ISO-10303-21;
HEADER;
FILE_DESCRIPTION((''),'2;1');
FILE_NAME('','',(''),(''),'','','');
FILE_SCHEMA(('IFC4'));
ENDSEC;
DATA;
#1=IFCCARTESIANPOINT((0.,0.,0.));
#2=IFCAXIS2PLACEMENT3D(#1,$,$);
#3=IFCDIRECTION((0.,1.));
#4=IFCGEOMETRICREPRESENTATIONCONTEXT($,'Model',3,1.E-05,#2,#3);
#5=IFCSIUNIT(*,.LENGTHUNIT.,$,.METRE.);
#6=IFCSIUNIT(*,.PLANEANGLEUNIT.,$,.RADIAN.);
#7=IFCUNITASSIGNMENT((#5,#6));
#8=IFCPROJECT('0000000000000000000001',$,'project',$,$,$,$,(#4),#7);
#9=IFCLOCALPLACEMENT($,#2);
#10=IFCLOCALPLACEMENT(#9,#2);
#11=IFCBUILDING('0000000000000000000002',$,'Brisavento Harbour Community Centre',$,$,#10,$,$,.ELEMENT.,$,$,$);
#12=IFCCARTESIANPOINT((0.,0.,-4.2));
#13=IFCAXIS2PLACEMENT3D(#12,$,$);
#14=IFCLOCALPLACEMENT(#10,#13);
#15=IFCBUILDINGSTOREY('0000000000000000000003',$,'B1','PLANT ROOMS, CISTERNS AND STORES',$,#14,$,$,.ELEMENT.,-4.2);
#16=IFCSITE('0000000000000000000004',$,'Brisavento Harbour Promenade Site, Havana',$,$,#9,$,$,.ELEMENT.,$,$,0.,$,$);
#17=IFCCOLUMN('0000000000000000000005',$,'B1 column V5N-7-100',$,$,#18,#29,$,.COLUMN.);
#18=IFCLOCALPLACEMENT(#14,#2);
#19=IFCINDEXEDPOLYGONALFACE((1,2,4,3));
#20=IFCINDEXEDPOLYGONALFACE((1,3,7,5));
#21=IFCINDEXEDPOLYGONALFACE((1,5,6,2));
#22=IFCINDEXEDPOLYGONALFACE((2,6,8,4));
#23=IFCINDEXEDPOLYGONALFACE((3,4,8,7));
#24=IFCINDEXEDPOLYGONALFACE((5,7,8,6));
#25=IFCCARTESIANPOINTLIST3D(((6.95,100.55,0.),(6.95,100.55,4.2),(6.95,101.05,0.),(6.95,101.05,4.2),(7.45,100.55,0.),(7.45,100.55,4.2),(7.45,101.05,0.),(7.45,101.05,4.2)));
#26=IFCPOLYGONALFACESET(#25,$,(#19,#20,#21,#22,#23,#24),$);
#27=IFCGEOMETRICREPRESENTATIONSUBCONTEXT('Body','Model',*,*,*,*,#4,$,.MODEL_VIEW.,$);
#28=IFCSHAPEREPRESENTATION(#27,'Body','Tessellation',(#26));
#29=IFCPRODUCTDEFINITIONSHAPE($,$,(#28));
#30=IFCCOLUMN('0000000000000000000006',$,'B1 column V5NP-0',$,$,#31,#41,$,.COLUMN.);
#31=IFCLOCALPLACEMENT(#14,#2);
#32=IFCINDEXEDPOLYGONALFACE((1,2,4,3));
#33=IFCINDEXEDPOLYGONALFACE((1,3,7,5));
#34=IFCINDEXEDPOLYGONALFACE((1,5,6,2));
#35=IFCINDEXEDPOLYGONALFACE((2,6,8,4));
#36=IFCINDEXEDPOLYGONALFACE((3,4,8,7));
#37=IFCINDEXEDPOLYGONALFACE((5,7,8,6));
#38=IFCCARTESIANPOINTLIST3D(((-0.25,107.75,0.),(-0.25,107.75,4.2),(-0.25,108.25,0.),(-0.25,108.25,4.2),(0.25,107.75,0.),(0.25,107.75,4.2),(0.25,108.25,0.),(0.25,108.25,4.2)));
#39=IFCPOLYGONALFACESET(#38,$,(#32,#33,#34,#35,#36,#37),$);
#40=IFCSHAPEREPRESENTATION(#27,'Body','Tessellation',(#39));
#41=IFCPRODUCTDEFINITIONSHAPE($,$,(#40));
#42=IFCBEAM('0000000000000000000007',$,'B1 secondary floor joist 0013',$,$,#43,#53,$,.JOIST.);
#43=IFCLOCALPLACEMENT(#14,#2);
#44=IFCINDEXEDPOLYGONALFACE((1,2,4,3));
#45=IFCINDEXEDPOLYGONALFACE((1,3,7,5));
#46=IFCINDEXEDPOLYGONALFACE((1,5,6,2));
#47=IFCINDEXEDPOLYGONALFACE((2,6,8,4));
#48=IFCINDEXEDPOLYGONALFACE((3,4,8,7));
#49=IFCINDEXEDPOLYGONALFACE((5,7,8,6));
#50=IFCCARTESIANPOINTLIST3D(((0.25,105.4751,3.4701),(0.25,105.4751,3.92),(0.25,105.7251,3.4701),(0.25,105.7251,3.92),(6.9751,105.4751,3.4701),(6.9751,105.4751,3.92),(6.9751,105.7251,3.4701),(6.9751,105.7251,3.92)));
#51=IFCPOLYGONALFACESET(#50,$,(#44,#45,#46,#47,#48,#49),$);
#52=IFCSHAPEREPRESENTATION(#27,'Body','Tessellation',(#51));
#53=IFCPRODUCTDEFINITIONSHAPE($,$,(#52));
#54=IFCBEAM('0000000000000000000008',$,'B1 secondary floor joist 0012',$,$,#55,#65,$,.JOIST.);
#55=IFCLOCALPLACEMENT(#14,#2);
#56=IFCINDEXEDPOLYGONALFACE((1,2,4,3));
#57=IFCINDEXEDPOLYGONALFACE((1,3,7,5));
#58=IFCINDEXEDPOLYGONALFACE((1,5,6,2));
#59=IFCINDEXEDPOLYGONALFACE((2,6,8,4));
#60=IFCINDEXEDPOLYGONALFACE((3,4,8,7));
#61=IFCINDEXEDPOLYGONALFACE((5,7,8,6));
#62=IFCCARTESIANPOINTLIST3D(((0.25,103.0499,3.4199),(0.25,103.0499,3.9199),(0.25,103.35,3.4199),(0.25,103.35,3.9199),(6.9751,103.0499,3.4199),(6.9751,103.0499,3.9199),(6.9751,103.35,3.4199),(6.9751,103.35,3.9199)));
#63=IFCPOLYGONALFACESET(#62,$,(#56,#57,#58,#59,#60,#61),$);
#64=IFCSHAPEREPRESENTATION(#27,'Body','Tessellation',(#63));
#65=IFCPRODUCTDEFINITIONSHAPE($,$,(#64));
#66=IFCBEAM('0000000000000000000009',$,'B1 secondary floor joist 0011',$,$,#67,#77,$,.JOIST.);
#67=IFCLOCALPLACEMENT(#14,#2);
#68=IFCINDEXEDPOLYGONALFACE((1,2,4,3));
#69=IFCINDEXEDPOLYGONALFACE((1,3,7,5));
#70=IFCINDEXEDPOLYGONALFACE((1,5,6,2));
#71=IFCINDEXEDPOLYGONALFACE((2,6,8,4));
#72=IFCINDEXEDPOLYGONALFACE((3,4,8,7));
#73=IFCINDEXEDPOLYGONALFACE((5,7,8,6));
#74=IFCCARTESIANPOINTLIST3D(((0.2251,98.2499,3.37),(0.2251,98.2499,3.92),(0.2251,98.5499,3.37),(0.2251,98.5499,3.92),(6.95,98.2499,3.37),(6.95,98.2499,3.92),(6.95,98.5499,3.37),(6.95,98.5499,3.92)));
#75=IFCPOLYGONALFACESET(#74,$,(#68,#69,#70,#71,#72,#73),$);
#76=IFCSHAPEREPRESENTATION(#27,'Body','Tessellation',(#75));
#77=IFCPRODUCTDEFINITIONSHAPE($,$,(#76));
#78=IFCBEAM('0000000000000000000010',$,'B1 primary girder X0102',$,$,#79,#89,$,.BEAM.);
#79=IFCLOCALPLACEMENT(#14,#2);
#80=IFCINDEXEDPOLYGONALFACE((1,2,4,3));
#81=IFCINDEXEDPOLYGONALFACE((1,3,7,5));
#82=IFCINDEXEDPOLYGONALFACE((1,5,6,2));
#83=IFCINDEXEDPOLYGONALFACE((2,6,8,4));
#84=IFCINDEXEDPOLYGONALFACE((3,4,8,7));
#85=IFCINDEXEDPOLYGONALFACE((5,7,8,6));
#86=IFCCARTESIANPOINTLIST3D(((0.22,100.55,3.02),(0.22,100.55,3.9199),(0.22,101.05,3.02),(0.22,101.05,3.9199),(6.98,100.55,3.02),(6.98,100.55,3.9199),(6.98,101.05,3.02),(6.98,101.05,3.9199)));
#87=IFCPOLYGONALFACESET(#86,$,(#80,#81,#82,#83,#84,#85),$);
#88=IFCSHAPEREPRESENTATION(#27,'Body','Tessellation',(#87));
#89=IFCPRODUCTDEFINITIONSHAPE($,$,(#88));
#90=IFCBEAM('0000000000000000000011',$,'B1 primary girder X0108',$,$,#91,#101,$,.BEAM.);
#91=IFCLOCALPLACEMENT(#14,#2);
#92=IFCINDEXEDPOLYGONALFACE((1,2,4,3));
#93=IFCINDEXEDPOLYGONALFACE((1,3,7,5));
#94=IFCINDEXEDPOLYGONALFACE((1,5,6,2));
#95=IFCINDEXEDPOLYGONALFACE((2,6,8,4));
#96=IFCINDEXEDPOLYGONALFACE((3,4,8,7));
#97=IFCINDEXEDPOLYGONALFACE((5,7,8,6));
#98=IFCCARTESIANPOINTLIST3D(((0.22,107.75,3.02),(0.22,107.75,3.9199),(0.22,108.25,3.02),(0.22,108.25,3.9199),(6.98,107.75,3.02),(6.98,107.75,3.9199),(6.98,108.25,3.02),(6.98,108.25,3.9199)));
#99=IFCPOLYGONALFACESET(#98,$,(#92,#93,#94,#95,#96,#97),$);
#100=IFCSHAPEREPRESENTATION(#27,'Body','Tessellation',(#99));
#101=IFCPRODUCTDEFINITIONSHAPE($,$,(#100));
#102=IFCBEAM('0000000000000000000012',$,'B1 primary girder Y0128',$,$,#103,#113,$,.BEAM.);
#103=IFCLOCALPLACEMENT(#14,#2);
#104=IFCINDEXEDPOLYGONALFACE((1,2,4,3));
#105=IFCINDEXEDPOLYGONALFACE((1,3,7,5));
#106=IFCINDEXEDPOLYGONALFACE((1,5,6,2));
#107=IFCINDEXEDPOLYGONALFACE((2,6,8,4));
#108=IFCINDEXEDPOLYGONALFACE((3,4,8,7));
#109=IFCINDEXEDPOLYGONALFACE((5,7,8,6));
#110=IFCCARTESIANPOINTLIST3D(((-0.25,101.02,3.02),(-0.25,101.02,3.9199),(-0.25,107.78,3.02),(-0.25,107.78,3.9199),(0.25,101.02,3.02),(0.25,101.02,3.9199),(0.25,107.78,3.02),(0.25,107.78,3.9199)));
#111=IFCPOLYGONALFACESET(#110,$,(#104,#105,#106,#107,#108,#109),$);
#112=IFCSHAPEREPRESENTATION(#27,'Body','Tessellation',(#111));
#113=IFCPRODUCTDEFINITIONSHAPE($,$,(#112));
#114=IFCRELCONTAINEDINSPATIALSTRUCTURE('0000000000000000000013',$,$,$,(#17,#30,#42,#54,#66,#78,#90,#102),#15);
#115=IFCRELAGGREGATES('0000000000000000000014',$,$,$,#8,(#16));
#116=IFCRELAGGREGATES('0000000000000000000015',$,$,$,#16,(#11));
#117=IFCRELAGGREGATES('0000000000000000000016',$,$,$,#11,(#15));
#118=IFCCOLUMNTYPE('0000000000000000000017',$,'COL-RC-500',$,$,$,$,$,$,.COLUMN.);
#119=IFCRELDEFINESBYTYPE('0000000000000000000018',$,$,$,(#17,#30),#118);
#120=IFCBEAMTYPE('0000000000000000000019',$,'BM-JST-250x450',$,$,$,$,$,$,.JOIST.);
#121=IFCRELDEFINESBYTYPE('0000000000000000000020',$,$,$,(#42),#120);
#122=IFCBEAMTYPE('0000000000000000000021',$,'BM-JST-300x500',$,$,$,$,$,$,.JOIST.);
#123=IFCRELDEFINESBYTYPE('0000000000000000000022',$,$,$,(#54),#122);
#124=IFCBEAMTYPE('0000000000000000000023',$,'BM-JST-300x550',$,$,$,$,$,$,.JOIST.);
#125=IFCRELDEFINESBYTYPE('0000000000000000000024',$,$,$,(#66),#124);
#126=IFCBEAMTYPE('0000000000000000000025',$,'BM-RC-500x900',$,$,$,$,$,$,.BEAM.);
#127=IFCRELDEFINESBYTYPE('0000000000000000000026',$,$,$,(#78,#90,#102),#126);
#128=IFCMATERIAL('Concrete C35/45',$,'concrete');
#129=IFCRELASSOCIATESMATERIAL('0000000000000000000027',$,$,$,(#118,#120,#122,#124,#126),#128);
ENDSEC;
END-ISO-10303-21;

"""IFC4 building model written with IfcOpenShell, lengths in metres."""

from ifc_helpers import new_model, si_unit, direction, frame, origin, origin_2d, place, context, subcontext, project, spatial, rectangle, extrude, material, material_profile, profile_set, type_object, element, save


model = new_model("IFC4")

# Units and contexts
model_context = context("Model", 3, precision=1e-05, world=origin(), true_north=direction((0.0, 1.0)))
body_context = subcontext(model_context, "Body", "Model", "MODEL_VIEW")
ifc_project = project(units=[si_unit("LENGTHUNIT", "METRE"), si_unit("PLANEANGLEUNIT", "RADIAN")], contexts=[model_context])

# Site, building, storey
site_placement = place(None, origin())
site = spatial("IfcSite", under=ifc_project, at=site_placement, Name="Brisavento Harbour Promenade Site, Havana", CompositionType="ELEMENT", RefElevation=0.0)
building_placement = place(site_placement, origin())
building = spatial("IfcBuilding", under=site, at=building_placement, Name="Brisavento Harbour Community Centre", CompositionType="ELEMENT")
storey_placement = place(building_placement, frame((0.0, 0.0, -4.2)))
storey = spatial("IfcBuildingStorey", under=building, at=storey_placement, Name="B1", Description="PLANT ROOMS, CISTERNS AND STORES", CompositionType="ELEMENT", Elevation=-4.2)

# Shared definitions
ifc_material = material(Name="Concrete C35/45", Category="concrete")

# Columns
ifc_material_profile_1 = material_profile(ifc_material, rectangle(XDim=0.5, YDim=0.5, at=origin_2d()), Name="Concrete C35/45")
ifc_profile_set_1 = profile_set([ifc_material_profile_1], Name="Concrete C35/45")
column_type = type_object("IfcColumnType", Name="COL-RC-500", PredefinedType="COLUMN", material=ifc_profile_set_1)
for number, where, z_axis, x_axis, name in (
    (1, (7.2, 100.8, 0.0), (0.0, 0.0, 1.0), (1.0, 0.0, 0.0), "B1 column V5N-7-100"),
    (2, (0.0, 108.0, 0.0), (0.0, 0.0, 1.0), (1.0, 0.0, 0.0), "B1 column V5NP-0"),
):
    element("IfcColumn", number, at=place(storey_placement, frame(where, z_axis=z_axis, x_axis=x_axis)), inside=storey, type_object=column_type, Name=name, PredefinedType="COLUMN", context=body_context, shape_type="SweptSolid", body=[
        extrude(rectangle(XDim=0.5, YDim=0.5, at=origin_2d()), origin(), (0.0, 0.0, 1.0), 4.2),
    ])

# Beams
ifc_material_profile_2 = material_profile(ifc_material, rectangle(XDim=0.25, YDim=0.45, at=origin_2d()), Name="Concrete C35/45")
ifc_profile_set_2 = profile_set([ifc_material_profile_2], Name="Concrete C35/45")
beam_type_1 = type_object("IfcBeamType", Name="BM-JST-250x450", PredefinedType="JOIST", material=ifc_profile_set_2)
beam_1_placement = place(storey_placement, frame((0.25, 105.6001, 3.6951), z_axis=(1.0, 0.0, 0.0), x_axis=(0.0, 1.0, 0.0)))
element("IfcBeam", 3, at=beam_1_placement, inside=storey, type_object=beam_type_1, Name="B1 secondary floor joist 0013", PredefinedType="JOIST", context=body_context, shape_type="SweptSolid", body=[
    extrude(rectangle(XDim=0.25, YDim=0.45, at=origin_2d()), origin(), (0.0, 0.0, 1.0), 6.7251),
])
ifc_material_profile_3 = material_profile(ifc_material, rectangle(XDim=0.3, YDim=0.5, at=origin_2d()), Name="Concrete C35/45")
ifc_profile_set_3 = profile_set([ifc_material_profile_3], Name="Concrete C35/45")
beam_type_2 = type_object("IfcBeamType", Name="BM-JST-300x500", PredefinedType="JOIST", material=ifc_profile_set_3)
beam_2_placement = place(storey_placement, frame((0.25, 103.2, 3.6699), z_axis=(1.0, 0.0, 0.0), x_axis=(0.0, 1.0, 0.0)))
element("IfcBeam", 4, at=beam_2_placement, inside=storey, type_object=beam_type_2, Name="B1 secondary floor joist 0012", PredefinedType="JOIST", context=body_context, shape_type="SweptSolid", body=[
    extrude(rectangle(XDim=0.3, YDim=0.5, at=origin_2d()), origin(), (0.0, 0.0, 1.0), 6.7251),
])
ifc_material_profile_4 = material_profile(ifc_material, rectangle(XDim=0.3, YDim=0.55, at=origin_2d()), Name="Concrete C35/45")
ifc_profile_set_4 = profile_set([ifc_material_profile_4], Name="Concrete C35/45")
beam_type_3 = type_object("IfcBeamType", Name="BM-JST-300x550", PredefinedType="JOIST", material=ifc_profile_set_4)
beam_3_placement = place(storey_placement, frame((0.2251, 98.3999, 3.645), z_axis=(1.0, 0.0, 0.0), x_axis=(0.0, 1.0, 0.0)))
element("IfcBeam", 5, at=beam_3_placement, inside=storey, type_object=beam_type_3, Name="B1 secondary floor joist 0011", PredefinedType="JOIST", context=body_context, shape_type="SweptSolid", body=[
    extrude(rectangle(XDim=0.3, YDim=0.55, at=origin_2d()), origin(), (0.0, 0.0, 1.0), 6.7249),
])
ifc_material_profile_5 = material_profile(ifc_material, rectangle(XDim=0.5, YDim=0.8999, at=origin_2d()), Name="Concrete C35/45")
ifc_profile_set_5 = profile_set([ifc_material_profile_5], Name="Concrete C35/45")
beam_type_4 = type_object("IfcBeamType", Name="BM-RC-500x900", PredefinedType="BEAM", material=ifc_profile_set_5)
for number, where, z_axis, x_axis, name in (
    (6, (0.22, 100.8, 3.47), (1.0, 0.0, 0.0), (0.0, 1.0, 0.0), "B1 primary girder X0102"),
    (7, (0.22, 108.0, 3.47), (1.0, 0.0, 0.0), (0.0, 1.0, 0.0), "B1 primary girder X0108"),
    (8, (0.0, 101.02, 3.47), (0.0, 1.0, 0.0), (-1.0, 0.0, 0.0), "B1 primary girder Y0128"),
):
    element("IfcBeam", number, at=place(storey_placement, frame(where, z_axis=z_axis, x_axis=x_axis)), inside=storey, type_object=beam_type_4, Name=name, PredefinedType="BEAM", context=body_context, shape_type="SweptSolid", body=[
        extrude(rectangle(XDim=0.5, YDim=0.8999, at=origin_2d()), origin(), (0.0, 0.0, 1.0), 6.76),
    ])

save(model, "model.ifc")
